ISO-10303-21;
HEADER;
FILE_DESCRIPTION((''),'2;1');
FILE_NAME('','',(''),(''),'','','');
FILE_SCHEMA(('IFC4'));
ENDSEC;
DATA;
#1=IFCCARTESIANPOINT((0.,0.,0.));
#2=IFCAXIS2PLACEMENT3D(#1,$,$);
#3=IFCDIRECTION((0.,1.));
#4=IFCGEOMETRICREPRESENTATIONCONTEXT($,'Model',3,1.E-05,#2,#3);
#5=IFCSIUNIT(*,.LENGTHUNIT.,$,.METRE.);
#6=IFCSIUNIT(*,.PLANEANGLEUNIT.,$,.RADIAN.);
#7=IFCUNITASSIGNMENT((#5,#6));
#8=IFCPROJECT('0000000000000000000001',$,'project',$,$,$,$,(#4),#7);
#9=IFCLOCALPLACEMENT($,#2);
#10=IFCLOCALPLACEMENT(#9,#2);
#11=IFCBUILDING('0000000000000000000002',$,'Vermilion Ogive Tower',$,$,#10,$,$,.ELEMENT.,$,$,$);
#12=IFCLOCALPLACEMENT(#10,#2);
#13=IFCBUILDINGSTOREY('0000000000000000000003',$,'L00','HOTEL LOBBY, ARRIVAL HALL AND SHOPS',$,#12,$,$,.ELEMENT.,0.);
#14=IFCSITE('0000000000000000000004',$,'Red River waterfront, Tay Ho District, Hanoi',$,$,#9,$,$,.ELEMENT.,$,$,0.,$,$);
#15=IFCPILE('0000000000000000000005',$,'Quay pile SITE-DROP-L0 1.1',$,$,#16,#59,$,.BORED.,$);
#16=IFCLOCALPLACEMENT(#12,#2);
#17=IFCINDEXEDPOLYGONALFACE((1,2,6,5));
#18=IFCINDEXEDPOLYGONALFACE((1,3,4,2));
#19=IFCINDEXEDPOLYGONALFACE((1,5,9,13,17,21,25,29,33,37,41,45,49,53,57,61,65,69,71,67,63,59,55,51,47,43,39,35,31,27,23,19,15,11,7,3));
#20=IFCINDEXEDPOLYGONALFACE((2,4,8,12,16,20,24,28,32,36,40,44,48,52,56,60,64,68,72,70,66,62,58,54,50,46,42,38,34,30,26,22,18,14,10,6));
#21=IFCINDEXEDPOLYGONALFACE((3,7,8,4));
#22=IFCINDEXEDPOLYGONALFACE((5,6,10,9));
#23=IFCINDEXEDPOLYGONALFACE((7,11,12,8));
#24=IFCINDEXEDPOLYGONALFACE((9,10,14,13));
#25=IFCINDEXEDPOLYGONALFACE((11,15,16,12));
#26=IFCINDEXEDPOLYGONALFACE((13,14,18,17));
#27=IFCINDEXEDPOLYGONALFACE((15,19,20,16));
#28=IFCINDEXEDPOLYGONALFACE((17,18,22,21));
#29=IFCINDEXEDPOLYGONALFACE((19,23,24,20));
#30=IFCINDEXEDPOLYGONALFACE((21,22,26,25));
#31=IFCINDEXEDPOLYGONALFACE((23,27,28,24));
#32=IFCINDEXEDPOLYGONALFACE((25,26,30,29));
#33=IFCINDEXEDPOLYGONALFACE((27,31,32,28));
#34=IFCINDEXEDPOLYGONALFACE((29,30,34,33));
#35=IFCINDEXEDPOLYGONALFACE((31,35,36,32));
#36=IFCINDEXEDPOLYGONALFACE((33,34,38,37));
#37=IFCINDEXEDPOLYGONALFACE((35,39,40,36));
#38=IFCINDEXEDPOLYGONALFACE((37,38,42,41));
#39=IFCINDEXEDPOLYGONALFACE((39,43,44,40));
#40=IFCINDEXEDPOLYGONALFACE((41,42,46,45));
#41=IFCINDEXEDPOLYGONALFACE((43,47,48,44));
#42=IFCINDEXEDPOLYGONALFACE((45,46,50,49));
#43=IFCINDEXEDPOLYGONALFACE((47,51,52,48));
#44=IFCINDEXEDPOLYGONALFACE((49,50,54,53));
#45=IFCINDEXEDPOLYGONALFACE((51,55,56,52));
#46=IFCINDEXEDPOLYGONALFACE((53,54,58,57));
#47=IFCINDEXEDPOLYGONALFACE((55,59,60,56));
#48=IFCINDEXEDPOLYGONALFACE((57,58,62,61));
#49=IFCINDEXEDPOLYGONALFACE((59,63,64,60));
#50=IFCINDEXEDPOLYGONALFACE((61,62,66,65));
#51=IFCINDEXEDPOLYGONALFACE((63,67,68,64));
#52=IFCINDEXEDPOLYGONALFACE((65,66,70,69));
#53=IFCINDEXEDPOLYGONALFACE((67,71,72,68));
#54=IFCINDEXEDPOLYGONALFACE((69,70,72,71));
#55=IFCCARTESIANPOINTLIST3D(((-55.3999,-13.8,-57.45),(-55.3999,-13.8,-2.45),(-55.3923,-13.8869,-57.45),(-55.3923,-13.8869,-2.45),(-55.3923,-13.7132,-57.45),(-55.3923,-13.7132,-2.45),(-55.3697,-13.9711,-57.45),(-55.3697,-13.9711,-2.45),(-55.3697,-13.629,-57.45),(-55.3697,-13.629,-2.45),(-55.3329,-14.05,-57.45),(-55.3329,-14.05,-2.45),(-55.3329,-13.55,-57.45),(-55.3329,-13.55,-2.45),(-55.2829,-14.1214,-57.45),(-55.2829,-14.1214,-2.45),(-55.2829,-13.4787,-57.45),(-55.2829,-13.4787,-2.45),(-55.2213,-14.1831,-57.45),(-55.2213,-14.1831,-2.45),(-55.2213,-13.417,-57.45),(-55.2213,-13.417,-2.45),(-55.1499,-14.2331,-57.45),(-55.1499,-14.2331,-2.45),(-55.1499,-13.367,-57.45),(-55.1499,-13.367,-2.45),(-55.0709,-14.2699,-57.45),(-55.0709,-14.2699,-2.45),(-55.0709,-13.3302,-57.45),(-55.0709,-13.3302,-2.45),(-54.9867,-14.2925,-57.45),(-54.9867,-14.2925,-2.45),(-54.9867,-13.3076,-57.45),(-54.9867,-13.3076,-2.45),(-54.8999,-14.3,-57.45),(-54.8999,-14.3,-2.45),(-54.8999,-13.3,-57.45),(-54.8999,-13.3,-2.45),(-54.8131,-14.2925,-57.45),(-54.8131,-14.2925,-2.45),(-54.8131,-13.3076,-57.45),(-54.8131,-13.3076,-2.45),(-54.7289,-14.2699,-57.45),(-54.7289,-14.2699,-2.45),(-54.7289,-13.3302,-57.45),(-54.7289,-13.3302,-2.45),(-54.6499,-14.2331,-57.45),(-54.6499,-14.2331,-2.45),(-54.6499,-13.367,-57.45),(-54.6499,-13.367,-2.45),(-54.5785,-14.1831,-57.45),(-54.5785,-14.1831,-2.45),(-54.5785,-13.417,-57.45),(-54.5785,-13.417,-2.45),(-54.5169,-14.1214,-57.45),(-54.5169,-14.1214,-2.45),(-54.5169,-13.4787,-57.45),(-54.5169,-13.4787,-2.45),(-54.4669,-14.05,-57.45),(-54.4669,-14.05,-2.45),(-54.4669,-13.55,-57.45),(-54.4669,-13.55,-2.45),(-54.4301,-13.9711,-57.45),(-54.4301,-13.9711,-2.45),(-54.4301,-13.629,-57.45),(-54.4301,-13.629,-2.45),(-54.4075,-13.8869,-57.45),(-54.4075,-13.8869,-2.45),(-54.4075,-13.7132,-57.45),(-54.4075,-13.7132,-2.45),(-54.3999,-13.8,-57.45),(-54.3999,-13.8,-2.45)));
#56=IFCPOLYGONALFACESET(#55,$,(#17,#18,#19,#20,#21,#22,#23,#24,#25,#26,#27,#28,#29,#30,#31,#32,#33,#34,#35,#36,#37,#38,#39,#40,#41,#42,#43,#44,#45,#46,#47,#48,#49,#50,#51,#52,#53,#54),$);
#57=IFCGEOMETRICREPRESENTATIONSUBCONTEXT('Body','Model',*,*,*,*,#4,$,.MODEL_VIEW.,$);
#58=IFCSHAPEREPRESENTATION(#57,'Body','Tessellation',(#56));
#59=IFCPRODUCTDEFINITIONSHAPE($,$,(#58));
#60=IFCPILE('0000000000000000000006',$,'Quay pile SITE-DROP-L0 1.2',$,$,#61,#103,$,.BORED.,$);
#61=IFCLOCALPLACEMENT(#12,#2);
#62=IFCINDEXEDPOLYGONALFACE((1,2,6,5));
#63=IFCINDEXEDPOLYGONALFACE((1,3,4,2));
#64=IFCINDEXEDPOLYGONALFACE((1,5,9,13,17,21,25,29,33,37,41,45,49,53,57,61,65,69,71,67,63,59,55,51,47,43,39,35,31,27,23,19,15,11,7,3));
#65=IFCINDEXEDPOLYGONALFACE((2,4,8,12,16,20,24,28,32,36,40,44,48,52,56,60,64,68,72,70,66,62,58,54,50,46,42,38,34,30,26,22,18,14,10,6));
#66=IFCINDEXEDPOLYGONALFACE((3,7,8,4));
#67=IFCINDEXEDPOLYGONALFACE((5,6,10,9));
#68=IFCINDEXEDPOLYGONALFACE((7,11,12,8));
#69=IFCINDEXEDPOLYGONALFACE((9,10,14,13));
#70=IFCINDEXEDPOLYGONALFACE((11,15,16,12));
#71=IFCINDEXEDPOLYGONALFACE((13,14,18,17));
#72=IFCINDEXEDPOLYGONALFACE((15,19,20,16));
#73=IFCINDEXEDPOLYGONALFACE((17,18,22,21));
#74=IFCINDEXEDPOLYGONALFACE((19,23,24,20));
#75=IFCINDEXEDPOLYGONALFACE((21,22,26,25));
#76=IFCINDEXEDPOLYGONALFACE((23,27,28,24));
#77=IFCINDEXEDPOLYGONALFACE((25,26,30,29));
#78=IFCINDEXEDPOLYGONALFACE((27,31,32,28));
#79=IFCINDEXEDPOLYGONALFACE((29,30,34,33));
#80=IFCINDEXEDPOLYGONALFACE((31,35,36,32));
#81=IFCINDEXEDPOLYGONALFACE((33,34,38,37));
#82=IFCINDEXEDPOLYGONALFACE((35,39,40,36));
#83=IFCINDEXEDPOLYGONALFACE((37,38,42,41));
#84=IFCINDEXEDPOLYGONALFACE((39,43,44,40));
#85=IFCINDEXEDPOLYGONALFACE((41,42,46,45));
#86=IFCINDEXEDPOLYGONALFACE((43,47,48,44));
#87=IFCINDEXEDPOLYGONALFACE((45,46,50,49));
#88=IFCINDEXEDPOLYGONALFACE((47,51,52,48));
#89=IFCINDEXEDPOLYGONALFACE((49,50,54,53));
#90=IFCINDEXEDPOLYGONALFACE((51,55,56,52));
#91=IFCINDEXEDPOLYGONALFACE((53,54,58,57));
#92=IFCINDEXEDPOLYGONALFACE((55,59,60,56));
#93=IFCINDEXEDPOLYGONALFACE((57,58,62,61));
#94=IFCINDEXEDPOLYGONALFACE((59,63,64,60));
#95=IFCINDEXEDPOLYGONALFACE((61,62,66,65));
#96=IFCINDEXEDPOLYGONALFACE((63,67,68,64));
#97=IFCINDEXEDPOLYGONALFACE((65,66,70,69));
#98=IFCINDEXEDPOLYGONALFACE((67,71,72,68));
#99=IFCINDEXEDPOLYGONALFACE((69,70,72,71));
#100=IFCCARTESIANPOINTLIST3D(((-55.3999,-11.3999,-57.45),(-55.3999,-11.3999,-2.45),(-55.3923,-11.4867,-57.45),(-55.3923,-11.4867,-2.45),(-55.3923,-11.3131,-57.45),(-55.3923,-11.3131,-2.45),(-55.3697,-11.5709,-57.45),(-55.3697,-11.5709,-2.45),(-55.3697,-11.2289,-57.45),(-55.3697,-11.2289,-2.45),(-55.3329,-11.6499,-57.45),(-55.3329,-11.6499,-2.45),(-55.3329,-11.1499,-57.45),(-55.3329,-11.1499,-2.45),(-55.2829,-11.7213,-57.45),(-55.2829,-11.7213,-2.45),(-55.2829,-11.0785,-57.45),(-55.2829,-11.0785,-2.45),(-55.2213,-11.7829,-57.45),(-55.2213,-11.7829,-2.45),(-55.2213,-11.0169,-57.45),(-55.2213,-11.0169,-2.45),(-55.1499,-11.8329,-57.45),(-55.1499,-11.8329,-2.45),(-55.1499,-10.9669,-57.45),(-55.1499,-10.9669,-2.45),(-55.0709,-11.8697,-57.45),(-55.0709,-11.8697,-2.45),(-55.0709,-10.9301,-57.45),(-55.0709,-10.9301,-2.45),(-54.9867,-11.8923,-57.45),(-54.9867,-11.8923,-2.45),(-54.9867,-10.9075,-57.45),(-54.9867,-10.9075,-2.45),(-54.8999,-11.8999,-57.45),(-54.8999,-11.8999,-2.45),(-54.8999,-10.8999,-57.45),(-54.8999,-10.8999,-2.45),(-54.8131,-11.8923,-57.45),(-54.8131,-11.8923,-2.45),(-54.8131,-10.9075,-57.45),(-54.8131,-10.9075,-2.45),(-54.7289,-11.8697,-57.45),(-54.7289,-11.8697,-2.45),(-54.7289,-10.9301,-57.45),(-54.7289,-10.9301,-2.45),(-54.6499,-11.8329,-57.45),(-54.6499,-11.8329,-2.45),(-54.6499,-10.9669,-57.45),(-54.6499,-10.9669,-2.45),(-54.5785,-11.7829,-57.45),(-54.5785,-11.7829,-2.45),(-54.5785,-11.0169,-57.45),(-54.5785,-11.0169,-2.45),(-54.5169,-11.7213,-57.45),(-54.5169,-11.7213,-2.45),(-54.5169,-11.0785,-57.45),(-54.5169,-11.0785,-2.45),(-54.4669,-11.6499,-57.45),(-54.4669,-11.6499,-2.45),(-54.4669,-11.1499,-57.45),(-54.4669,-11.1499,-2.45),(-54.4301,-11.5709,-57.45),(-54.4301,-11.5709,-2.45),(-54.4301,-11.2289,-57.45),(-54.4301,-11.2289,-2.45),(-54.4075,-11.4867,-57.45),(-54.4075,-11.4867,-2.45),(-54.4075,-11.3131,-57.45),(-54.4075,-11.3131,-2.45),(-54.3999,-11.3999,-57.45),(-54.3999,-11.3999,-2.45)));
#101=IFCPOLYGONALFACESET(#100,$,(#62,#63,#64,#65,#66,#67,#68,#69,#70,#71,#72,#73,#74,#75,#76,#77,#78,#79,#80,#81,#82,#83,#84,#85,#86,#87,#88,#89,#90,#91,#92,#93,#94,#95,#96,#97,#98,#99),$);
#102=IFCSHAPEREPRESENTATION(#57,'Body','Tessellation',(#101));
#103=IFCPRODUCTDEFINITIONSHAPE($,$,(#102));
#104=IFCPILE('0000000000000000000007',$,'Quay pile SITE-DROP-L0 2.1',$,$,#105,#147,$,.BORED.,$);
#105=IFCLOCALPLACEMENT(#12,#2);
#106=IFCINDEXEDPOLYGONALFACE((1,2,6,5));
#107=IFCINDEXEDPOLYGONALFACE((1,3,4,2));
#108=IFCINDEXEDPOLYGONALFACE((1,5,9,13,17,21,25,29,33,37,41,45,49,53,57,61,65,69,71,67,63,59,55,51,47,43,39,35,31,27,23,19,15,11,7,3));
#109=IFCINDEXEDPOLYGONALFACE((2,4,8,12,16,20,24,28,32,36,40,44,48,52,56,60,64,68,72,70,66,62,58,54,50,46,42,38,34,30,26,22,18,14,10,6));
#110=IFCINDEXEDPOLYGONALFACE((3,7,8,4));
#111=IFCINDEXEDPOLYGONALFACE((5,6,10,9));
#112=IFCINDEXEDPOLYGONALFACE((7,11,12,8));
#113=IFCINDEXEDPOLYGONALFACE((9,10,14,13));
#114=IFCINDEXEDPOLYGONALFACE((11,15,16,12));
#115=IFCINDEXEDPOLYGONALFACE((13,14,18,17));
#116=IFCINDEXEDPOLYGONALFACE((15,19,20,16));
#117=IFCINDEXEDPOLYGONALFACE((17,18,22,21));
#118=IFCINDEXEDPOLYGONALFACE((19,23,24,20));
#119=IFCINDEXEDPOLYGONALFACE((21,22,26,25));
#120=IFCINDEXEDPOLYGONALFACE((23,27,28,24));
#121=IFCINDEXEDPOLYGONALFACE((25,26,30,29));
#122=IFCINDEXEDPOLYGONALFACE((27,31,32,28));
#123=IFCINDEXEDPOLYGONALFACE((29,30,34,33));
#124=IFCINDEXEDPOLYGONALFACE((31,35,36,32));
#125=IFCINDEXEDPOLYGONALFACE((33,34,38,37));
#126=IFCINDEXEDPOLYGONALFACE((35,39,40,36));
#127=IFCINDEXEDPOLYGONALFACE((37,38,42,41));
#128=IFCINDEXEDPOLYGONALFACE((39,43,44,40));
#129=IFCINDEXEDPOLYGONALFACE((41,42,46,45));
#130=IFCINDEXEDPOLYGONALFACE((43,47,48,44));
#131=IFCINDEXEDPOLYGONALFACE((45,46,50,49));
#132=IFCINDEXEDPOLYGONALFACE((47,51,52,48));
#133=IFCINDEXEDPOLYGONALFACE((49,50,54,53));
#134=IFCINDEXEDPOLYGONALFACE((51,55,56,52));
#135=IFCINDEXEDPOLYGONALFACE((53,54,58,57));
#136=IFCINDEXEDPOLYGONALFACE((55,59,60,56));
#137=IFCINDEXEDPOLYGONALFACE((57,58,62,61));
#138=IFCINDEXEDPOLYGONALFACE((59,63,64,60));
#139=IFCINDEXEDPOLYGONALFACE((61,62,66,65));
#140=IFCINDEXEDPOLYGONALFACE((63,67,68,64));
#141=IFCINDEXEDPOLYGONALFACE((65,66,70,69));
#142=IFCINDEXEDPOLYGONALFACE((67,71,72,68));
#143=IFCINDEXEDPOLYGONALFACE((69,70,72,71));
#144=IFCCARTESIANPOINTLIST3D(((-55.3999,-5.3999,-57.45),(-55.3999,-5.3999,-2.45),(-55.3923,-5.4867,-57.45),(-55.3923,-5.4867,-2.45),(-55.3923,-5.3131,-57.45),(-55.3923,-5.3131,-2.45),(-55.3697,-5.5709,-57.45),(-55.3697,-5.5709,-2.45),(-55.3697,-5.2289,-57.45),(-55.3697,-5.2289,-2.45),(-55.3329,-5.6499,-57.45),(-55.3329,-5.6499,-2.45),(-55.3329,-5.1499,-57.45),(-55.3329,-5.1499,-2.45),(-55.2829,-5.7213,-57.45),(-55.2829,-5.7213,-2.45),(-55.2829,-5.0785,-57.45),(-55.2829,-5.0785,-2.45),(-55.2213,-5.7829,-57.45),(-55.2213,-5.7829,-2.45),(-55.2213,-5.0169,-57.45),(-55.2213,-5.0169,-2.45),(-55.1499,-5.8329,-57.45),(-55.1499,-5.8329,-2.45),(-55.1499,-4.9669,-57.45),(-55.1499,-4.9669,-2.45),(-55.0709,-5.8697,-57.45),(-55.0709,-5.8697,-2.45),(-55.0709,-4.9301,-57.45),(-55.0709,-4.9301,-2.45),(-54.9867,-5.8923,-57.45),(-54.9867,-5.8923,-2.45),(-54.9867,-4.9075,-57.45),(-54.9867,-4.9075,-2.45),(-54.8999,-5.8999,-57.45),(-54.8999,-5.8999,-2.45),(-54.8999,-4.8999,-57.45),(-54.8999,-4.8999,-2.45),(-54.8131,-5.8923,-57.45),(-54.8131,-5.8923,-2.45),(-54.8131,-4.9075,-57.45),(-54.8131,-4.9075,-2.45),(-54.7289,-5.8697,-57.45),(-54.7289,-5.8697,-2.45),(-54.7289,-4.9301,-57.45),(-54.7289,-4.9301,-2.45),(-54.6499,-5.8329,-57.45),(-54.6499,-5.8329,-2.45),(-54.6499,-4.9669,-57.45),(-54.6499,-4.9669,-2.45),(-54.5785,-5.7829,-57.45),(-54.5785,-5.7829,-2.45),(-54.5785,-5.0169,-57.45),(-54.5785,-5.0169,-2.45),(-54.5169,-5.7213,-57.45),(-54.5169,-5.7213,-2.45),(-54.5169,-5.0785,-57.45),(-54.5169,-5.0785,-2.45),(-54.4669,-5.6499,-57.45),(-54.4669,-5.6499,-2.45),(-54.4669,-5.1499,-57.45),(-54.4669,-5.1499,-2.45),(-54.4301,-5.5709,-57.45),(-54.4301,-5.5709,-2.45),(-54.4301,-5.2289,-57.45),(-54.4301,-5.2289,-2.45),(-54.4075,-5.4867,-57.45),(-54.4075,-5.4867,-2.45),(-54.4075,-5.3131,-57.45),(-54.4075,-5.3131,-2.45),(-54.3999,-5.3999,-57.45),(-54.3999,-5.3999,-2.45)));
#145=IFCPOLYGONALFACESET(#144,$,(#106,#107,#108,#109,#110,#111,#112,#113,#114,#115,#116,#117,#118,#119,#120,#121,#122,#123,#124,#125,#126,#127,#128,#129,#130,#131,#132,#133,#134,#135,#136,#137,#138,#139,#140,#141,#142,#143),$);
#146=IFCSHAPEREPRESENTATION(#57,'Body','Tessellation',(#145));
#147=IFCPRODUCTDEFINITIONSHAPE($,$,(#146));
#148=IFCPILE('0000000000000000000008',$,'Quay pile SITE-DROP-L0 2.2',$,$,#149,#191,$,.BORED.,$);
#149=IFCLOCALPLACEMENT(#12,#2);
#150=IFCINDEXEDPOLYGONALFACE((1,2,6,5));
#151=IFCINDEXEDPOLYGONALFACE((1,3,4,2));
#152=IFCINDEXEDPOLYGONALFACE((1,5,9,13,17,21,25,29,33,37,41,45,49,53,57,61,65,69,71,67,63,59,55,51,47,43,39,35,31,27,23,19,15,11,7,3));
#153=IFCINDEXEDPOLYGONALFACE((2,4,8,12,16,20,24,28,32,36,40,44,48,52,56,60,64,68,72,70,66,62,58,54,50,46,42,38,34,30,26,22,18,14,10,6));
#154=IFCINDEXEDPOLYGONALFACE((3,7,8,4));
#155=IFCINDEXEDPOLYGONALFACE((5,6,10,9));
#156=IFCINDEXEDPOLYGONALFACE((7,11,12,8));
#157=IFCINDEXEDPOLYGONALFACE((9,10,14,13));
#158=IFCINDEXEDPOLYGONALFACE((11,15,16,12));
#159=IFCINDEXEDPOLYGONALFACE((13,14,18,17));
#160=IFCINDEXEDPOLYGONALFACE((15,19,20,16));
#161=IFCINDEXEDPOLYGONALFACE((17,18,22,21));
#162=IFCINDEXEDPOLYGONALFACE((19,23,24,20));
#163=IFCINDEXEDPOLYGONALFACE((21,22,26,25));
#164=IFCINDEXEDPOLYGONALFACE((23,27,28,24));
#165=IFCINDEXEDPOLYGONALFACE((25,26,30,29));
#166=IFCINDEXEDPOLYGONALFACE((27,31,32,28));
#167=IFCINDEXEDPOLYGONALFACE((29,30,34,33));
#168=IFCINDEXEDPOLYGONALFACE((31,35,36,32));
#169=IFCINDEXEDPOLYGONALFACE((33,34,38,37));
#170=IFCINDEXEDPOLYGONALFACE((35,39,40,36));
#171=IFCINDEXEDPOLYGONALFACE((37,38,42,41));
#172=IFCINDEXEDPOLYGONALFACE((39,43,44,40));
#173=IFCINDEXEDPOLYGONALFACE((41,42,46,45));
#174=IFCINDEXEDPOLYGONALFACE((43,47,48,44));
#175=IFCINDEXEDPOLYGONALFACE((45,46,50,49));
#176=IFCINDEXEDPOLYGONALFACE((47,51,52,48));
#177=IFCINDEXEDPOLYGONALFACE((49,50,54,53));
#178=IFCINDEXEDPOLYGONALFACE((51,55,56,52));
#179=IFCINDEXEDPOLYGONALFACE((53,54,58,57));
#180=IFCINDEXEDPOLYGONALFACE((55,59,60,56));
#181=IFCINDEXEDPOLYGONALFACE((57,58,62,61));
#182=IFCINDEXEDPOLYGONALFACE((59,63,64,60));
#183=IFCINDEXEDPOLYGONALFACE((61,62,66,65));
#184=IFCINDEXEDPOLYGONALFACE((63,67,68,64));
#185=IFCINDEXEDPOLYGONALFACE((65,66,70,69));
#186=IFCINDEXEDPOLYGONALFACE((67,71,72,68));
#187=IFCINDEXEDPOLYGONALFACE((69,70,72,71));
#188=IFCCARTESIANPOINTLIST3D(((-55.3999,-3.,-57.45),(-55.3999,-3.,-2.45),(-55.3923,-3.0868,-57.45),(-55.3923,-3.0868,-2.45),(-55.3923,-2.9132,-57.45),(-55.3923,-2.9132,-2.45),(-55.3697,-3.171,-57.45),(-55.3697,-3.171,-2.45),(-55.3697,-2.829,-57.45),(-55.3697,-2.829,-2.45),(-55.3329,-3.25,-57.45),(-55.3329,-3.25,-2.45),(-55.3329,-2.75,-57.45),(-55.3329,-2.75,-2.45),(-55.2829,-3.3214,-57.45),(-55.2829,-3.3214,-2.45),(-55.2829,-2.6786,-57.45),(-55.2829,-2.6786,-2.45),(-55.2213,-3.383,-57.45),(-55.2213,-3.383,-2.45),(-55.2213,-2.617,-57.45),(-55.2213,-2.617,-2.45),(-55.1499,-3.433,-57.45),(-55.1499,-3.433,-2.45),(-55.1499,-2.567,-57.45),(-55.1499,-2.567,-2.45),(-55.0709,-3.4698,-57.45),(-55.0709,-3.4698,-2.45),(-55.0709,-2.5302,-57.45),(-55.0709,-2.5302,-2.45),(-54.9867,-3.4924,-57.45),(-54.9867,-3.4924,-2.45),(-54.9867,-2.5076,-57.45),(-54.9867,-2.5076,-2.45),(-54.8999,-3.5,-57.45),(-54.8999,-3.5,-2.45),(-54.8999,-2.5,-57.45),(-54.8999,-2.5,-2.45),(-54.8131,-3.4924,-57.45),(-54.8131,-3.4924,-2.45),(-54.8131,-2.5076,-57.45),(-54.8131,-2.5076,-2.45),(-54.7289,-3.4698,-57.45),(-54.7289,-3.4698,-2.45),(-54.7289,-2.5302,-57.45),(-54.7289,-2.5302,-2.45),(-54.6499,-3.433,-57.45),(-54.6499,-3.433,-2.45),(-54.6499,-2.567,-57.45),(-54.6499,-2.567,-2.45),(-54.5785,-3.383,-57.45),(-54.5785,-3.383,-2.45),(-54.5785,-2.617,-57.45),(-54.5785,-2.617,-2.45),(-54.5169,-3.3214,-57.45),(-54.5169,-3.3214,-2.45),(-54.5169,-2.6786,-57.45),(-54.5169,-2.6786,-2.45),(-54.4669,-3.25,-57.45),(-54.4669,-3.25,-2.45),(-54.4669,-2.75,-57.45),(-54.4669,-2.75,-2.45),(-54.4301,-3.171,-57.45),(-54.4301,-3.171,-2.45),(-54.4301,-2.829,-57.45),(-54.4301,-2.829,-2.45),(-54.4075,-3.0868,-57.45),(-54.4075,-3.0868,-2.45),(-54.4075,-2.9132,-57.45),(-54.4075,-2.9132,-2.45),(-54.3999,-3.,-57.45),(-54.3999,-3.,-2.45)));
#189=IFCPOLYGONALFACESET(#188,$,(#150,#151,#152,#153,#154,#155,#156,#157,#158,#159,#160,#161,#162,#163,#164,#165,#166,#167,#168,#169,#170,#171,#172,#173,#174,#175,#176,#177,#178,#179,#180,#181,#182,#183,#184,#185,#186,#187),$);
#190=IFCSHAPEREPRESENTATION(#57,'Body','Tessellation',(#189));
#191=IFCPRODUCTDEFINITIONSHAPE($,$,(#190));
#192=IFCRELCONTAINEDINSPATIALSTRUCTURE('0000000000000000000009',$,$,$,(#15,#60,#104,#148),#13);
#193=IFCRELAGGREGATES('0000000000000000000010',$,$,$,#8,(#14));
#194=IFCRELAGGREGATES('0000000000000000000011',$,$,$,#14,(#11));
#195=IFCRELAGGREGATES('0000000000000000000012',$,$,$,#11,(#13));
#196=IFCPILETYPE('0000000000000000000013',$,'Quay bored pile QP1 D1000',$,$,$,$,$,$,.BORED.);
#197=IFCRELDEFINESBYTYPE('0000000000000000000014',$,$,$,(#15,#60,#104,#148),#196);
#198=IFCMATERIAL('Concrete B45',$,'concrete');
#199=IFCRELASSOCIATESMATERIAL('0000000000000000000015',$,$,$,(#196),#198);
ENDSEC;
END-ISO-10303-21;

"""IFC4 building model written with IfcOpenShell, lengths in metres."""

from ifc_helpers import new_model, si_unit, direction, frame, origin, origin_2d, place, context, subcontext, project, spatial, circle, extrude, material, type_object, element, save


model = new_model("IFC4")

# Units and contexts
model_context = context("Model", 3, precision=1e-05, world=origin(), true_north=direction((0.0, 1.0)))
body_context = subcontext(model_context, "Body", "Model", "MODEL_VIEW")
ifc_project = project(units=[si_unit("LENGTHUNIT", "METRE"), si_unit("PLANEANGLEUNIT", "RADIAN")], contexts=[model_context])

# Site, building, storey
site_placement = place(None, origin())
site = spatial("IfcSite", under=ifc_project, at=site_placement, Name="Red River waterfront, Tay Ho District, Hanoi", CompositionType="ELEMENT", RefElevation=0.0)
building_placement = place(site_placement, origin())
building = spatial("IfcBuilding", under=site, at=building_placement, Name="Vermilion Ogive Tower", CompositionType="ELEMENT")
storey_placement = place(building_placement, origin())
storey = spatial("IfcBuildingStorey", under=building, at=storey_placement, Name="L00", Description="HOTEL LOBBY, ARRIVAL HALL AND SHOPS", CompositionType="ELEMENT", Elevation=0.0)

# Piles
ifc_material_1 = material(Name="Concrete B45", Category="concrete")
pile_type = type_object("IfcPileType", Name="Quay bored pile QP1 D1000", PredefinedType="BORED", material=ifc_material_1)
for number, where, z_axis, x_axis, name in (
    (1, (-54.8999, -13.8, -2.45), (0.0, 0.0, -1.0), (1.0, 0.0, 0.0), "Quay pile SITE-DROP-L0 1.1"),
    (2, (-54.8999, -11.3999, -2.45), (0.0, 0.0, -1.0), (1.0, 0.0, 0.0), "Quay pile SITE-DROP-L0 1.2"),
    (3, (-54.8999, -5.3999, -2.45), (0.0, 0.0, -1.0), (1.0, 0.0, 0.0), "Quay pile SITE-DROP-L0 2.1"),
    (4, (-54.8999, -3.0, -2.45), (0.0, 0.0, -1.0), (1.0, 0.0, 0.0), "Quay pile SITE-DROP-L0 2.2"),
):
    element("IfcPile", number, at=place(storey_placement, frame(where, z_axis=z_axis, x_axis=x_axis)), inside=storey, type_object=pile_type, Name=name, PredefinedType="BORED", context=body_context, shape_type="SweptSolid", body=[
        extrude(circle(Radius=0.5, at=origin_2d()), origin(), (0.0, 0.0, 1.0), 55.0),
    ])

save(model, "model.ifc")
